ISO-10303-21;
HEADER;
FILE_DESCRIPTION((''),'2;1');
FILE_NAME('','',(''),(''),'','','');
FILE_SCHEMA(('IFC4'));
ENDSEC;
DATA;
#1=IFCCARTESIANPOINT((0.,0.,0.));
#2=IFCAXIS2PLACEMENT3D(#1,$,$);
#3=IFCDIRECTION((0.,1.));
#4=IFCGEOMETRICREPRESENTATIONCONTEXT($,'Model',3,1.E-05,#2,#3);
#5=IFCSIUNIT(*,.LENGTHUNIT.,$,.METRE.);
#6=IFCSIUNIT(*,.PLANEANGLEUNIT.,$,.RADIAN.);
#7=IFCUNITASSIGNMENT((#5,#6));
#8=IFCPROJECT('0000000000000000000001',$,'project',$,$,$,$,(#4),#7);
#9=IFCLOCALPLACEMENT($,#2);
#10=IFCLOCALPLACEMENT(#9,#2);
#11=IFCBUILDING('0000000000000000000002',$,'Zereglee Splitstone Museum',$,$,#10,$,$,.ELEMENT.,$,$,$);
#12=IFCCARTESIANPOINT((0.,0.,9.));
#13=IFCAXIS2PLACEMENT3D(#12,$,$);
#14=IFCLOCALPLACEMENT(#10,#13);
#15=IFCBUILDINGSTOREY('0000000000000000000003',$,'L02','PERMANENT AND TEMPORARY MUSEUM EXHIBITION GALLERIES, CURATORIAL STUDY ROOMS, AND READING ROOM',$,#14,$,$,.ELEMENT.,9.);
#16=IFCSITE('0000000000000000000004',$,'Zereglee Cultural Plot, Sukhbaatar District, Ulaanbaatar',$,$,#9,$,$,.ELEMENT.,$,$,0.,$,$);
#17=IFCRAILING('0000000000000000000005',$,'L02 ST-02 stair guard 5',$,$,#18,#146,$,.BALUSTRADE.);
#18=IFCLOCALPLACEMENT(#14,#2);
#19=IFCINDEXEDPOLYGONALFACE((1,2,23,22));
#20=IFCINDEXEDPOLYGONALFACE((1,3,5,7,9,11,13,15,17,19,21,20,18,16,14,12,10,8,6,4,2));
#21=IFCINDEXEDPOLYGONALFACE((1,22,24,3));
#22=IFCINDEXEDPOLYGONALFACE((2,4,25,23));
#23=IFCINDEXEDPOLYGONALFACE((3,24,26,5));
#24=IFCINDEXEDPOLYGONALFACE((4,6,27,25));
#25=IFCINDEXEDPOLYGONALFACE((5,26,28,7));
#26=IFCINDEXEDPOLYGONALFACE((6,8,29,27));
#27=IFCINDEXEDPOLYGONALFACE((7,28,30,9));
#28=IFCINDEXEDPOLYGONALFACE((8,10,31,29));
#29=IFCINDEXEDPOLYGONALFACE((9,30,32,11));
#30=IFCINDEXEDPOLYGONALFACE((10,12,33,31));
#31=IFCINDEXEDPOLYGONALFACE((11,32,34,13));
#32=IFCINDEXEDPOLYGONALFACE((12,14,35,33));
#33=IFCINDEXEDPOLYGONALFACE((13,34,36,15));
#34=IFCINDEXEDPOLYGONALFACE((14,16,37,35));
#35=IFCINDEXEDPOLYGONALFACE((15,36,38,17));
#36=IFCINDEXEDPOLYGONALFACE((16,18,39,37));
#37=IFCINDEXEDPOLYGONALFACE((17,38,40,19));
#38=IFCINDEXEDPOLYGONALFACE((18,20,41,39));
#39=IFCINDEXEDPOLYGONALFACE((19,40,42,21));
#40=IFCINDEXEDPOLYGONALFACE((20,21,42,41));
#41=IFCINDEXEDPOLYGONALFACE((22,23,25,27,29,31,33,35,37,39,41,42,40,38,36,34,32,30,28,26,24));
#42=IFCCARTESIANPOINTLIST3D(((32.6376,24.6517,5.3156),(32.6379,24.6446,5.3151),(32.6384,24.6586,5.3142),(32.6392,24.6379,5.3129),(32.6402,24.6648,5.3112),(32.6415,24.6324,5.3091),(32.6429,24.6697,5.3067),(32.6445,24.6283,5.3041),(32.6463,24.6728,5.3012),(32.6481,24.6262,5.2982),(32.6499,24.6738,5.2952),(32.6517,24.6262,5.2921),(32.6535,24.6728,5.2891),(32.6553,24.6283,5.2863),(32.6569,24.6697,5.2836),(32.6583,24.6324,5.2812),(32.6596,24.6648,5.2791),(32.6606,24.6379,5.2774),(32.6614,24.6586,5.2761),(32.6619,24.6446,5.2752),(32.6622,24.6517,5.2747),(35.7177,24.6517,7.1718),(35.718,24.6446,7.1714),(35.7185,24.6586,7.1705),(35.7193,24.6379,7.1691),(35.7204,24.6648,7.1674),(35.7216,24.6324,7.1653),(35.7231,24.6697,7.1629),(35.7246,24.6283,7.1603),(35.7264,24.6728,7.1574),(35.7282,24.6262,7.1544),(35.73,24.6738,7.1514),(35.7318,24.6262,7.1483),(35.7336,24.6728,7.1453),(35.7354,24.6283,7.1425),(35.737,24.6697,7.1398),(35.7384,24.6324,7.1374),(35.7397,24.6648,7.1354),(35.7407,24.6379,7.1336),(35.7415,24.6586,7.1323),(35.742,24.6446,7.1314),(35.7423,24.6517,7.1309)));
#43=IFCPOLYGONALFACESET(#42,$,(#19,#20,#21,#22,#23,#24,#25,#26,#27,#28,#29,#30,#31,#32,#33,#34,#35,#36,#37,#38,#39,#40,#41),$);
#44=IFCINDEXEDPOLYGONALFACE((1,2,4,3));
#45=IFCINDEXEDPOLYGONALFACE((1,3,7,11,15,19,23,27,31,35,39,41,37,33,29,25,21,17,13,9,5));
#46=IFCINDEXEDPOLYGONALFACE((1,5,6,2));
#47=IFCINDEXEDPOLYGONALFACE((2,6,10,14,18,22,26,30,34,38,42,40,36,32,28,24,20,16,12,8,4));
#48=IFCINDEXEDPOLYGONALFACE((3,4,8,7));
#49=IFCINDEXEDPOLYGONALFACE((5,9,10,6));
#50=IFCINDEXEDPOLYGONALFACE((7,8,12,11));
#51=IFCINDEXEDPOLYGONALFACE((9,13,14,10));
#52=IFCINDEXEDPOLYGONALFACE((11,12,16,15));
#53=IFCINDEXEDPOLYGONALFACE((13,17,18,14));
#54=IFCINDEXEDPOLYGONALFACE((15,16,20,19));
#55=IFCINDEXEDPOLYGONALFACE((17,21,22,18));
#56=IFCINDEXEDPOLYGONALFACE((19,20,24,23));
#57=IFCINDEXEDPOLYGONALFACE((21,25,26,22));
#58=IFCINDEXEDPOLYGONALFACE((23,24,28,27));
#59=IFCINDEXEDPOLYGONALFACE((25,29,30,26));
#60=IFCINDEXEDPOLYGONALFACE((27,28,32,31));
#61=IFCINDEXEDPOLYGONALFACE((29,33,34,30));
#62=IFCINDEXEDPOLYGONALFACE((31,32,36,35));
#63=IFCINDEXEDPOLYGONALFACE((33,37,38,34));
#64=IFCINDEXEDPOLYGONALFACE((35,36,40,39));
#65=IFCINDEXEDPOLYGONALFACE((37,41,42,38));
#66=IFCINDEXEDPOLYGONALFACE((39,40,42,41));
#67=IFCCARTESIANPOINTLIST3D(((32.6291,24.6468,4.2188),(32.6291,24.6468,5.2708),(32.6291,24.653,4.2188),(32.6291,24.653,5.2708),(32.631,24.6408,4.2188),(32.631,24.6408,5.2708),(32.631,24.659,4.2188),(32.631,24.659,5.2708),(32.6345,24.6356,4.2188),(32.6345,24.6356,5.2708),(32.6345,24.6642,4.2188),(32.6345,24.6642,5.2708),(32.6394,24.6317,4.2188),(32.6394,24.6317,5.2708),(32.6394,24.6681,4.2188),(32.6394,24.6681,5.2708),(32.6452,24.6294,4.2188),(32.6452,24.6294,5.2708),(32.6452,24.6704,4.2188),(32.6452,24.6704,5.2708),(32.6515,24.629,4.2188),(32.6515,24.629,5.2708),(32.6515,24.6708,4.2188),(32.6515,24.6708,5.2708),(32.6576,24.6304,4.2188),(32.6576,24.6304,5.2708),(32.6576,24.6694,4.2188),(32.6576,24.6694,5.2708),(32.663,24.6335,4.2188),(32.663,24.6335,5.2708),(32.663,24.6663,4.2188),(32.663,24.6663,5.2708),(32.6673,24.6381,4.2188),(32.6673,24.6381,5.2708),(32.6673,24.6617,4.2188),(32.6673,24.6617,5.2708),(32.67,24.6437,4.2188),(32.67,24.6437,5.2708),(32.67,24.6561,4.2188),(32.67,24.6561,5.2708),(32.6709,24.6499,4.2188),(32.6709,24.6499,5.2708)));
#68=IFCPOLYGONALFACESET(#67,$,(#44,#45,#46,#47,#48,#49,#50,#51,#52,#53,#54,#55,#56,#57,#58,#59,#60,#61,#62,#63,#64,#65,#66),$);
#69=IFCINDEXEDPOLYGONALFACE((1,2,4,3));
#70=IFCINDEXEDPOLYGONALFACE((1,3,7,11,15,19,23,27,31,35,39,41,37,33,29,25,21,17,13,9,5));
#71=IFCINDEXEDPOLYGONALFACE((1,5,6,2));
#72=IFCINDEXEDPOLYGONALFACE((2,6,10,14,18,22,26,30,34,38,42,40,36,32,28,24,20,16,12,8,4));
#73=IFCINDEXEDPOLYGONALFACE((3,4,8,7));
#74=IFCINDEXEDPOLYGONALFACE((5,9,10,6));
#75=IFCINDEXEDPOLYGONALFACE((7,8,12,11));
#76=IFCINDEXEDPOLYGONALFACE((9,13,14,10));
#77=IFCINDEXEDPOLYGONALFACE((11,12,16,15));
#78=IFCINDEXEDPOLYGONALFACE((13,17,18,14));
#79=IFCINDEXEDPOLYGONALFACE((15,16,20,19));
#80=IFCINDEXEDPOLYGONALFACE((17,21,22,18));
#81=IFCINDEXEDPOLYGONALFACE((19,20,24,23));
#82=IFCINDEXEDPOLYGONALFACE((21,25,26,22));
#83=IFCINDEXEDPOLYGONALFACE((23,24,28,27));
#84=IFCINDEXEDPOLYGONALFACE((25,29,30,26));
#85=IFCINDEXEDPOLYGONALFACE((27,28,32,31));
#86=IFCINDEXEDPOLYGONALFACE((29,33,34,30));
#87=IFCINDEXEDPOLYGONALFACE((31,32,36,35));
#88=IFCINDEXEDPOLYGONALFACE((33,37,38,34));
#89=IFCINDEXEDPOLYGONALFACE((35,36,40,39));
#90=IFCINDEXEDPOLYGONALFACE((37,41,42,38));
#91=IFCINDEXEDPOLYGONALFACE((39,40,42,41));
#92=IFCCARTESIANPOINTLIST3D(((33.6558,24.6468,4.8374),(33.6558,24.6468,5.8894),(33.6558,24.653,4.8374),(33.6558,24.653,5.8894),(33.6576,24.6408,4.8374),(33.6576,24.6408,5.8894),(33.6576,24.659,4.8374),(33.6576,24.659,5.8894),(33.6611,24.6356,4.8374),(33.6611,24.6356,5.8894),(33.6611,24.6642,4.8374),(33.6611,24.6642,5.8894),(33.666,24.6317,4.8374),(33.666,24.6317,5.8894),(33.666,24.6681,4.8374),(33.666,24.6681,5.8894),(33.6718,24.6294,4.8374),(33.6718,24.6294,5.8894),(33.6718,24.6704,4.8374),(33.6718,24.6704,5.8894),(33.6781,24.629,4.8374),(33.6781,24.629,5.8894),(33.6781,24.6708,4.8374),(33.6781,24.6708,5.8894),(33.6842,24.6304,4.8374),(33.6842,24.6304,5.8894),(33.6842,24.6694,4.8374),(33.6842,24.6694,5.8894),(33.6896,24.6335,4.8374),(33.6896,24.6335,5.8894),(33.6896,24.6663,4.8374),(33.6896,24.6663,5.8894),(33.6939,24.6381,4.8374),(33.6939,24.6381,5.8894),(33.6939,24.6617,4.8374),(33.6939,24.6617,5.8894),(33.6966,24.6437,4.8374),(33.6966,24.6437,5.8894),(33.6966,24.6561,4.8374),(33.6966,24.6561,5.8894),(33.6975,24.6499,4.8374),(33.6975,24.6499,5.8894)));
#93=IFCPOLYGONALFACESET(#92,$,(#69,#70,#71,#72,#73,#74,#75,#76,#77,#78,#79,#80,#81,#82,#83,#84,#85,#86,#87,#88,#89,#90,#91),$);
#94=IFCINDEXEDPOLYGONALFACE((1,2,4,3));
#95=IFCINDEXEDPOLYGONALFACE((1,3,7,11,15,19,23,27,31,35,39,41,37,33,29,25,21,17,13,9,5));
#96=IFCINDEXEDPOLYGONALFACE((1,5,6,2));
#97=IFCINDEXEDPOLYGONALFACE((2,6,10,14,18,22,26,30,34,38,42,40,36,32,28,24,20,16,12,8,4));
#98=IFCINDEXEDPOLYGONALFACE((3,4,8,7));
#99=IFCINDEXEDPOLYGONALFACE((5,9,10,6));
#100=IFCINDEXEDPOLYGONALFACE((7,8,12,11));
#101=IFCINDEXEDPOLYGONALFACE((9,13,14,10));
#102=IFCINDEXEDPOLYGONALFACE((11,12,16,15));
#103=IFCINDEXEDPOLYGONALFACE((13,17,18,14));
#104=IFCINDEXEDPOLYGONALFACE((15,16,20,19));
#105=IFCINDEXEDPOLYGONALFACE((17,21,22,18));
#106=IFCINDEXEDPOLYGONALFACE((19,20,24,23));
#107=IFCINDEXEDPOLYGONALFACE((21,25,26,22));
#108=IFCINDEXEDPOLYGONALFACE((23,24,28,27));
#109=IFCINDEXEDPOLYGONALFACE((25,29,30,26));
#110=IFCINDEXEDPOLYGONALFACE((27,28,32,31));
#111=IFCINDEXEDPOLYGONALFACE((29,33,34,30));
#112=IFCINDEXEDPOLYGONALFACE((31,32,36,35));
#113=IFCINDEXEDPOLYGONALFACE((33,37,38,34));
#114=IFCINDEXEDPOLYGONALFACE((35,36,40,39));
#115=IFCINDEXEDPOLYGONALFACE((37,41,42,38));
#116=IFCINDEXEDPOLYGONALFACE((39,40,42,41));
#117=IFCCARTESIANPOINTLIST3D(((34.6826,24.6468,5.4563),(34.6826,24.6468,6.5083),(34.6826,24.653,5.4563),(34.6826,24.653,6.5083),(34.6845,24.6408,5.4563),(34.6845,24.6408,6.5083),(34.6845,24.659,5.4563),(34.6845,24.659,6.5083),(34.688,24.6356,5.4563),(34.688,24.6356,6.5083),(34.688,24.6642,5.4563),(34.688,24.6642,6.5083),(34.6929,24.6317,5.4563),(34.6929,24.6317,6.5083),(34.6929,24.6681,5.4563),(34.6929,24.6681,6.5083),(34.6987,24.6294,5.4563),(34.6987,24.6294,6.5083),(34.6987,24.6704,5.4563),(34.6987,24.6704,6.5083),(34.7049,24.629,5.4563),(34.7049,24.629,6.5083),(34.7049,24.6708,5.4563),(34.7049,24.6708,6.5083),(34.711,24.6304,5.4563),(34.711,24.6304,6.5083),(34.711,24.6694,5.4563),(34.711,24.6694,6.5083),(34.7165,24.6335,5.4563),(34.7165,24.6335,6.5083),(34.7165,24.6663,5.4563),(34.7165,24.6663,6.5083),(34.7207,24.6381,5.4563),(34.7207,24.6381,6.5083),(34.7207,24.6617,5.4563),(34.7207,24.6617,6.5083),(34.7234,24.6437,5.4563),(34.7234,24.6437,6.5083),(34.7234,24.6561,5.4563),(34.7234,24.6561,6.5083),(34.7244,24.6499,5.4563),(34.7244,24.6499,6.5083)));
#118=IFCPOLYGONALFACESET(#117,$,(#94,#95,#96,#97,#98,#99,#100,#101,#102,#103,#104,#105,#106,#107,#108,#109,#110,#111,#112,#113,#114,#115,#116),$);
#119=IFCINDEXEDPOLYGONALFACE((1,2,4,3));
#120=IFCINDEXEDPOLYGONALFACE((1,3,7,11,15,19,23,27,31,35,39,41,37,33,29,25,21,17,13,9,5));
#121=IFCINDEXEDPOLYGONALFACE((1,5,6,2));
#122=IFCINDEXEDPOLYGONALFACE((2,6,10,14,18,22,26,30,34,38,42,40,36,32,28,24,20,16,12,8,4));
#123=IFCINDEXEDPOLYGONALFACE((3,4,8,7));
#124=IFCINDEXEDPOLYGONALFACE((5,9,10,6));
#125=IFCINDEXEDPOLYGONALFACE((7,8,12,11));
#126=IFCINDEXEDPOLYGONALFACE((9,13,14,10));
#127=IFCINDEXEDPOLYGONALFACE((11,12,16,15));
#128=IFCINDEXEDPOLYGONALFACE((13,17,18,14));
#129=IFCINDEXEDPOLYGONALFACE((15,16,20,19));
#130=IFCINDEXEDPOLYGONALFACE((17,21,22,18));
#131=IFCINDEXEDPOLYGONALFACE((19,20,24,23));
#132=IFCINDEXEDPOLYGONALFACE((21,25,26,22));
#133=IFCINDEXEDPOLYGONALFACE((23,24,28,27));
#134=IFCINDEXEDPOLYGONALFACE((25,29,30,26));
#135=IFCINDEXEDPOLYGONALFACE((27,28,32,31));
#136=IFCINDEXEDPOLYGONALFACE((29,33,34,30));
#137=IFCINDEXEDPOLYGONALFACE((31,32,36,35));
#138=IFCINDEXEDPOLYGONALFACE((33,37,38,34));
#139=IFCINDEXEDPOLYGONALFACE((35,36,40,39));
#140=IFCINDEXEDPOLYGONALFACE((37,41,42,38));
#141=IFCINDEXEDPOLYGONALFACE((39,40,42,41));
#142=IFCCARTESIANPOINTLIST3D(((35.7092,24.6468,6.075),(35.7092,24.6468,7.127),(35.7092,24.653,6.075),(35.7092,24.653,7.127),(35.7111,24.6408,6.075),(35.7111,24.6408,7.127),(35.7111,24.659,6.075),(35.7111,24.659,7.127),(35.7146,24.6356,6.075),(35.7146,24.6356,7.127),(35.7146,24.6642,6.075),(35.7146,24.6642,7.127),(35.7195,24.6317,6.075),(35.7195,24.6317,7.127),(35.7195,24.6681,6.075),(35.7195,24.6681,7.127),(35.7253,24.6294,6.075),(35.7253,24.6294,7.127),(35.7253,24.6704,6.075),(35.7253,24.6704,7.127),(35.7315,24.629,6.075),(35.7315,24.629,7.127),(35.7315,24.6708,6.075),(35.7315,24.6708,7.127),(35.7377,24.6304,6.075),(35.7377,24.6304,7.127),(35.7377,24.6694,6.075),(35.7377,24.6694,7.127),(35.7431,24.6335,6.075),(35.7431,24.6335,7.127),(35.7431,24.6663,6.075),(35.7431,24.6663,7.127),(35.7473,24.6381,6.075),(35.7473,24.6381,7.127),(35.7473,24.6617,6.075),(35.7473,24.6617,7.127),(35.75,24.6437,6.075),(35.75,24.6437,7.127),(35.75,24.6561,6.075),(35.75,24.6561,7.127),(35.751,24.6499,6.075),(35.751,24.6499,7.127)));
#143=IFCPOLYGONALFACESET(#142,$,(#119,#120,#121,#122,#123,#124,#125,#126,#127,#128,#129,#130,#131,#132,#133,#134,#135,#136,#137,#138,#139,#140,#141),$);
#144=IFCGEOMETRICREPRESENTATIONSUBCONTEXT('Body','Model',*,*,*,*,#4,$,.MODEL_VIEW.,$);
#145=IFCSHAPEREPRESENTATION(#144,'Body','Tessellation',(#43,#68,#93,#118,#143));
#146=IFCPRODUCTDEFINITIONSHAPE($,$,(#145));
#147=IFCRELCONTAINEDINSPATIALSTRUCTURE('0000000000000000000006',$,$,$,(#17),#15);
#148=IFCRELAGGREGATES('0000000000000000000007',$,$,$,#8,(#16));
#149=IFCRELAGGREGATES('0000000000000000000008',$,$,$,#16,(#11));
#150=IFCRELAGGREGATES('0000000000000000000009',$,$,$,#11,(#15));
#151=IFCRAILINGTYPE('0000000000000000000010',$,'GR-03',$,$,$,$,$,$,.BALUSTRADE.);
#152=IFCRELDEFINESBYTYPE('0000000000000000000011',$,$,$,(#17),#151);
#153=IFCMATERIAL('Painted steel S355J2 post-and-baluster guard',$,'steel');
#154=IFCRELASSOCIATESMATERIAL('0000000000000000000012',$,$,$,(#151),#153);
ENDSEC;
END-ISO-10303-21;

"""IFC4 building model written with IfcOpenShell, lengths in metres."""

from ifc_helpers import new_model, si_unit, direction, frame, origin, origin_2d, place, context, subcontext, project, spatial, circle, extrude, material, type_object, element, save


model = new_model("IFC4")

# Units and contexts
model_context = context("Model", 3, precision=1e-05, world=origin(), true_north=direction((0.0, 1.0)))
body_context = subcontext(model_context, "Body", "Model", "MODEL_VIEW")
ifc_project = project(units=[si_unit("LENGTHUNIT", "METRE"), si_unit("PLANEANGLEUNIT", "RADIAN")], contexts=[model_context])

# Site, building, storey
site_placement = place(None, origin())
site = spatial("IfcSite", under=ifc_project, at=site_placement, Name="Zereglee Cultural Plot, Sukhbaatar District, Ulaanbaatar", CompositionType="ELEMENT", RefElevation=0.0)
building_placement = place(site_placement, origin())
building = spatial("IfcBuilding", under=site, at=building_placement, Name="Zereglee Splitstone Museum", CompositionType="ELEMENT")
storey_placement = place(building_placement, frame((0.0, 0.0, 9.0)))
storey = spatial("IfcBuildingStorey", under=building, at=storey_placement, Name="L02", Description="PERMANENT AND TEMPORARY MUSEUM EXHIBITION GALLERIES, CURATORIAL STUDY ROOMS, AND READING ROOM", CompositionType="ELEMENT", Elevation=9.0)

# Railing
ifc_material_1 = material(Name="Painted steel S355J2 post-and-baluster guard", Category="steel")
railing_type_1 = type_object("IfcRailingType", Name="GR-03", PredefinedType="BALUSTRADE", material=ifc_material_1)
railing_1_placement = place(storey_placement, frame((32.6499, 24.6499, 4.2188)))
element("IfcRailing", 1, at=railing_1_placement, inside=storey, type_object=railing_type_1, Name="L02 ST-02 stair guard 5", PredefinedType="BALUSTRADE", context=body_context, shape_type="SweptSolid", body=[
    extrude(circle(Radius=0.0239, at=origin_2d()), frame((0.0, 0.0, 1.0764), z_axis=(0.856491, 0.0, 0.516162), x_axis=(0.0, 1.0, 0.0)), (0.0, 0.0, 1.0), 3.5962),
    extrude(circle(Radius=0.021, at=origin_2d()), origin(), (0.0, 0.0, 1.0), 1.052),
    extrude(circle(Radius=0.021, at=origin_2d()), frame((1.0266, 0.0, 0.6187)), (0.0, 0.0, 1.0), 1.052),
    extrude(circle(Radius=0.021, at=origin_2d()), frame((2.0535, 0.0, 1.2375)), (0.0, 0.0, 1.0), 1.052),
    extrude(circle(Radius=0.021, at=origin_2d()), frame((3.0801, 0.0, 1.8562)), (0.0, 0.0, 1.0), 1.052),
])

save(model, "model.ifc")
